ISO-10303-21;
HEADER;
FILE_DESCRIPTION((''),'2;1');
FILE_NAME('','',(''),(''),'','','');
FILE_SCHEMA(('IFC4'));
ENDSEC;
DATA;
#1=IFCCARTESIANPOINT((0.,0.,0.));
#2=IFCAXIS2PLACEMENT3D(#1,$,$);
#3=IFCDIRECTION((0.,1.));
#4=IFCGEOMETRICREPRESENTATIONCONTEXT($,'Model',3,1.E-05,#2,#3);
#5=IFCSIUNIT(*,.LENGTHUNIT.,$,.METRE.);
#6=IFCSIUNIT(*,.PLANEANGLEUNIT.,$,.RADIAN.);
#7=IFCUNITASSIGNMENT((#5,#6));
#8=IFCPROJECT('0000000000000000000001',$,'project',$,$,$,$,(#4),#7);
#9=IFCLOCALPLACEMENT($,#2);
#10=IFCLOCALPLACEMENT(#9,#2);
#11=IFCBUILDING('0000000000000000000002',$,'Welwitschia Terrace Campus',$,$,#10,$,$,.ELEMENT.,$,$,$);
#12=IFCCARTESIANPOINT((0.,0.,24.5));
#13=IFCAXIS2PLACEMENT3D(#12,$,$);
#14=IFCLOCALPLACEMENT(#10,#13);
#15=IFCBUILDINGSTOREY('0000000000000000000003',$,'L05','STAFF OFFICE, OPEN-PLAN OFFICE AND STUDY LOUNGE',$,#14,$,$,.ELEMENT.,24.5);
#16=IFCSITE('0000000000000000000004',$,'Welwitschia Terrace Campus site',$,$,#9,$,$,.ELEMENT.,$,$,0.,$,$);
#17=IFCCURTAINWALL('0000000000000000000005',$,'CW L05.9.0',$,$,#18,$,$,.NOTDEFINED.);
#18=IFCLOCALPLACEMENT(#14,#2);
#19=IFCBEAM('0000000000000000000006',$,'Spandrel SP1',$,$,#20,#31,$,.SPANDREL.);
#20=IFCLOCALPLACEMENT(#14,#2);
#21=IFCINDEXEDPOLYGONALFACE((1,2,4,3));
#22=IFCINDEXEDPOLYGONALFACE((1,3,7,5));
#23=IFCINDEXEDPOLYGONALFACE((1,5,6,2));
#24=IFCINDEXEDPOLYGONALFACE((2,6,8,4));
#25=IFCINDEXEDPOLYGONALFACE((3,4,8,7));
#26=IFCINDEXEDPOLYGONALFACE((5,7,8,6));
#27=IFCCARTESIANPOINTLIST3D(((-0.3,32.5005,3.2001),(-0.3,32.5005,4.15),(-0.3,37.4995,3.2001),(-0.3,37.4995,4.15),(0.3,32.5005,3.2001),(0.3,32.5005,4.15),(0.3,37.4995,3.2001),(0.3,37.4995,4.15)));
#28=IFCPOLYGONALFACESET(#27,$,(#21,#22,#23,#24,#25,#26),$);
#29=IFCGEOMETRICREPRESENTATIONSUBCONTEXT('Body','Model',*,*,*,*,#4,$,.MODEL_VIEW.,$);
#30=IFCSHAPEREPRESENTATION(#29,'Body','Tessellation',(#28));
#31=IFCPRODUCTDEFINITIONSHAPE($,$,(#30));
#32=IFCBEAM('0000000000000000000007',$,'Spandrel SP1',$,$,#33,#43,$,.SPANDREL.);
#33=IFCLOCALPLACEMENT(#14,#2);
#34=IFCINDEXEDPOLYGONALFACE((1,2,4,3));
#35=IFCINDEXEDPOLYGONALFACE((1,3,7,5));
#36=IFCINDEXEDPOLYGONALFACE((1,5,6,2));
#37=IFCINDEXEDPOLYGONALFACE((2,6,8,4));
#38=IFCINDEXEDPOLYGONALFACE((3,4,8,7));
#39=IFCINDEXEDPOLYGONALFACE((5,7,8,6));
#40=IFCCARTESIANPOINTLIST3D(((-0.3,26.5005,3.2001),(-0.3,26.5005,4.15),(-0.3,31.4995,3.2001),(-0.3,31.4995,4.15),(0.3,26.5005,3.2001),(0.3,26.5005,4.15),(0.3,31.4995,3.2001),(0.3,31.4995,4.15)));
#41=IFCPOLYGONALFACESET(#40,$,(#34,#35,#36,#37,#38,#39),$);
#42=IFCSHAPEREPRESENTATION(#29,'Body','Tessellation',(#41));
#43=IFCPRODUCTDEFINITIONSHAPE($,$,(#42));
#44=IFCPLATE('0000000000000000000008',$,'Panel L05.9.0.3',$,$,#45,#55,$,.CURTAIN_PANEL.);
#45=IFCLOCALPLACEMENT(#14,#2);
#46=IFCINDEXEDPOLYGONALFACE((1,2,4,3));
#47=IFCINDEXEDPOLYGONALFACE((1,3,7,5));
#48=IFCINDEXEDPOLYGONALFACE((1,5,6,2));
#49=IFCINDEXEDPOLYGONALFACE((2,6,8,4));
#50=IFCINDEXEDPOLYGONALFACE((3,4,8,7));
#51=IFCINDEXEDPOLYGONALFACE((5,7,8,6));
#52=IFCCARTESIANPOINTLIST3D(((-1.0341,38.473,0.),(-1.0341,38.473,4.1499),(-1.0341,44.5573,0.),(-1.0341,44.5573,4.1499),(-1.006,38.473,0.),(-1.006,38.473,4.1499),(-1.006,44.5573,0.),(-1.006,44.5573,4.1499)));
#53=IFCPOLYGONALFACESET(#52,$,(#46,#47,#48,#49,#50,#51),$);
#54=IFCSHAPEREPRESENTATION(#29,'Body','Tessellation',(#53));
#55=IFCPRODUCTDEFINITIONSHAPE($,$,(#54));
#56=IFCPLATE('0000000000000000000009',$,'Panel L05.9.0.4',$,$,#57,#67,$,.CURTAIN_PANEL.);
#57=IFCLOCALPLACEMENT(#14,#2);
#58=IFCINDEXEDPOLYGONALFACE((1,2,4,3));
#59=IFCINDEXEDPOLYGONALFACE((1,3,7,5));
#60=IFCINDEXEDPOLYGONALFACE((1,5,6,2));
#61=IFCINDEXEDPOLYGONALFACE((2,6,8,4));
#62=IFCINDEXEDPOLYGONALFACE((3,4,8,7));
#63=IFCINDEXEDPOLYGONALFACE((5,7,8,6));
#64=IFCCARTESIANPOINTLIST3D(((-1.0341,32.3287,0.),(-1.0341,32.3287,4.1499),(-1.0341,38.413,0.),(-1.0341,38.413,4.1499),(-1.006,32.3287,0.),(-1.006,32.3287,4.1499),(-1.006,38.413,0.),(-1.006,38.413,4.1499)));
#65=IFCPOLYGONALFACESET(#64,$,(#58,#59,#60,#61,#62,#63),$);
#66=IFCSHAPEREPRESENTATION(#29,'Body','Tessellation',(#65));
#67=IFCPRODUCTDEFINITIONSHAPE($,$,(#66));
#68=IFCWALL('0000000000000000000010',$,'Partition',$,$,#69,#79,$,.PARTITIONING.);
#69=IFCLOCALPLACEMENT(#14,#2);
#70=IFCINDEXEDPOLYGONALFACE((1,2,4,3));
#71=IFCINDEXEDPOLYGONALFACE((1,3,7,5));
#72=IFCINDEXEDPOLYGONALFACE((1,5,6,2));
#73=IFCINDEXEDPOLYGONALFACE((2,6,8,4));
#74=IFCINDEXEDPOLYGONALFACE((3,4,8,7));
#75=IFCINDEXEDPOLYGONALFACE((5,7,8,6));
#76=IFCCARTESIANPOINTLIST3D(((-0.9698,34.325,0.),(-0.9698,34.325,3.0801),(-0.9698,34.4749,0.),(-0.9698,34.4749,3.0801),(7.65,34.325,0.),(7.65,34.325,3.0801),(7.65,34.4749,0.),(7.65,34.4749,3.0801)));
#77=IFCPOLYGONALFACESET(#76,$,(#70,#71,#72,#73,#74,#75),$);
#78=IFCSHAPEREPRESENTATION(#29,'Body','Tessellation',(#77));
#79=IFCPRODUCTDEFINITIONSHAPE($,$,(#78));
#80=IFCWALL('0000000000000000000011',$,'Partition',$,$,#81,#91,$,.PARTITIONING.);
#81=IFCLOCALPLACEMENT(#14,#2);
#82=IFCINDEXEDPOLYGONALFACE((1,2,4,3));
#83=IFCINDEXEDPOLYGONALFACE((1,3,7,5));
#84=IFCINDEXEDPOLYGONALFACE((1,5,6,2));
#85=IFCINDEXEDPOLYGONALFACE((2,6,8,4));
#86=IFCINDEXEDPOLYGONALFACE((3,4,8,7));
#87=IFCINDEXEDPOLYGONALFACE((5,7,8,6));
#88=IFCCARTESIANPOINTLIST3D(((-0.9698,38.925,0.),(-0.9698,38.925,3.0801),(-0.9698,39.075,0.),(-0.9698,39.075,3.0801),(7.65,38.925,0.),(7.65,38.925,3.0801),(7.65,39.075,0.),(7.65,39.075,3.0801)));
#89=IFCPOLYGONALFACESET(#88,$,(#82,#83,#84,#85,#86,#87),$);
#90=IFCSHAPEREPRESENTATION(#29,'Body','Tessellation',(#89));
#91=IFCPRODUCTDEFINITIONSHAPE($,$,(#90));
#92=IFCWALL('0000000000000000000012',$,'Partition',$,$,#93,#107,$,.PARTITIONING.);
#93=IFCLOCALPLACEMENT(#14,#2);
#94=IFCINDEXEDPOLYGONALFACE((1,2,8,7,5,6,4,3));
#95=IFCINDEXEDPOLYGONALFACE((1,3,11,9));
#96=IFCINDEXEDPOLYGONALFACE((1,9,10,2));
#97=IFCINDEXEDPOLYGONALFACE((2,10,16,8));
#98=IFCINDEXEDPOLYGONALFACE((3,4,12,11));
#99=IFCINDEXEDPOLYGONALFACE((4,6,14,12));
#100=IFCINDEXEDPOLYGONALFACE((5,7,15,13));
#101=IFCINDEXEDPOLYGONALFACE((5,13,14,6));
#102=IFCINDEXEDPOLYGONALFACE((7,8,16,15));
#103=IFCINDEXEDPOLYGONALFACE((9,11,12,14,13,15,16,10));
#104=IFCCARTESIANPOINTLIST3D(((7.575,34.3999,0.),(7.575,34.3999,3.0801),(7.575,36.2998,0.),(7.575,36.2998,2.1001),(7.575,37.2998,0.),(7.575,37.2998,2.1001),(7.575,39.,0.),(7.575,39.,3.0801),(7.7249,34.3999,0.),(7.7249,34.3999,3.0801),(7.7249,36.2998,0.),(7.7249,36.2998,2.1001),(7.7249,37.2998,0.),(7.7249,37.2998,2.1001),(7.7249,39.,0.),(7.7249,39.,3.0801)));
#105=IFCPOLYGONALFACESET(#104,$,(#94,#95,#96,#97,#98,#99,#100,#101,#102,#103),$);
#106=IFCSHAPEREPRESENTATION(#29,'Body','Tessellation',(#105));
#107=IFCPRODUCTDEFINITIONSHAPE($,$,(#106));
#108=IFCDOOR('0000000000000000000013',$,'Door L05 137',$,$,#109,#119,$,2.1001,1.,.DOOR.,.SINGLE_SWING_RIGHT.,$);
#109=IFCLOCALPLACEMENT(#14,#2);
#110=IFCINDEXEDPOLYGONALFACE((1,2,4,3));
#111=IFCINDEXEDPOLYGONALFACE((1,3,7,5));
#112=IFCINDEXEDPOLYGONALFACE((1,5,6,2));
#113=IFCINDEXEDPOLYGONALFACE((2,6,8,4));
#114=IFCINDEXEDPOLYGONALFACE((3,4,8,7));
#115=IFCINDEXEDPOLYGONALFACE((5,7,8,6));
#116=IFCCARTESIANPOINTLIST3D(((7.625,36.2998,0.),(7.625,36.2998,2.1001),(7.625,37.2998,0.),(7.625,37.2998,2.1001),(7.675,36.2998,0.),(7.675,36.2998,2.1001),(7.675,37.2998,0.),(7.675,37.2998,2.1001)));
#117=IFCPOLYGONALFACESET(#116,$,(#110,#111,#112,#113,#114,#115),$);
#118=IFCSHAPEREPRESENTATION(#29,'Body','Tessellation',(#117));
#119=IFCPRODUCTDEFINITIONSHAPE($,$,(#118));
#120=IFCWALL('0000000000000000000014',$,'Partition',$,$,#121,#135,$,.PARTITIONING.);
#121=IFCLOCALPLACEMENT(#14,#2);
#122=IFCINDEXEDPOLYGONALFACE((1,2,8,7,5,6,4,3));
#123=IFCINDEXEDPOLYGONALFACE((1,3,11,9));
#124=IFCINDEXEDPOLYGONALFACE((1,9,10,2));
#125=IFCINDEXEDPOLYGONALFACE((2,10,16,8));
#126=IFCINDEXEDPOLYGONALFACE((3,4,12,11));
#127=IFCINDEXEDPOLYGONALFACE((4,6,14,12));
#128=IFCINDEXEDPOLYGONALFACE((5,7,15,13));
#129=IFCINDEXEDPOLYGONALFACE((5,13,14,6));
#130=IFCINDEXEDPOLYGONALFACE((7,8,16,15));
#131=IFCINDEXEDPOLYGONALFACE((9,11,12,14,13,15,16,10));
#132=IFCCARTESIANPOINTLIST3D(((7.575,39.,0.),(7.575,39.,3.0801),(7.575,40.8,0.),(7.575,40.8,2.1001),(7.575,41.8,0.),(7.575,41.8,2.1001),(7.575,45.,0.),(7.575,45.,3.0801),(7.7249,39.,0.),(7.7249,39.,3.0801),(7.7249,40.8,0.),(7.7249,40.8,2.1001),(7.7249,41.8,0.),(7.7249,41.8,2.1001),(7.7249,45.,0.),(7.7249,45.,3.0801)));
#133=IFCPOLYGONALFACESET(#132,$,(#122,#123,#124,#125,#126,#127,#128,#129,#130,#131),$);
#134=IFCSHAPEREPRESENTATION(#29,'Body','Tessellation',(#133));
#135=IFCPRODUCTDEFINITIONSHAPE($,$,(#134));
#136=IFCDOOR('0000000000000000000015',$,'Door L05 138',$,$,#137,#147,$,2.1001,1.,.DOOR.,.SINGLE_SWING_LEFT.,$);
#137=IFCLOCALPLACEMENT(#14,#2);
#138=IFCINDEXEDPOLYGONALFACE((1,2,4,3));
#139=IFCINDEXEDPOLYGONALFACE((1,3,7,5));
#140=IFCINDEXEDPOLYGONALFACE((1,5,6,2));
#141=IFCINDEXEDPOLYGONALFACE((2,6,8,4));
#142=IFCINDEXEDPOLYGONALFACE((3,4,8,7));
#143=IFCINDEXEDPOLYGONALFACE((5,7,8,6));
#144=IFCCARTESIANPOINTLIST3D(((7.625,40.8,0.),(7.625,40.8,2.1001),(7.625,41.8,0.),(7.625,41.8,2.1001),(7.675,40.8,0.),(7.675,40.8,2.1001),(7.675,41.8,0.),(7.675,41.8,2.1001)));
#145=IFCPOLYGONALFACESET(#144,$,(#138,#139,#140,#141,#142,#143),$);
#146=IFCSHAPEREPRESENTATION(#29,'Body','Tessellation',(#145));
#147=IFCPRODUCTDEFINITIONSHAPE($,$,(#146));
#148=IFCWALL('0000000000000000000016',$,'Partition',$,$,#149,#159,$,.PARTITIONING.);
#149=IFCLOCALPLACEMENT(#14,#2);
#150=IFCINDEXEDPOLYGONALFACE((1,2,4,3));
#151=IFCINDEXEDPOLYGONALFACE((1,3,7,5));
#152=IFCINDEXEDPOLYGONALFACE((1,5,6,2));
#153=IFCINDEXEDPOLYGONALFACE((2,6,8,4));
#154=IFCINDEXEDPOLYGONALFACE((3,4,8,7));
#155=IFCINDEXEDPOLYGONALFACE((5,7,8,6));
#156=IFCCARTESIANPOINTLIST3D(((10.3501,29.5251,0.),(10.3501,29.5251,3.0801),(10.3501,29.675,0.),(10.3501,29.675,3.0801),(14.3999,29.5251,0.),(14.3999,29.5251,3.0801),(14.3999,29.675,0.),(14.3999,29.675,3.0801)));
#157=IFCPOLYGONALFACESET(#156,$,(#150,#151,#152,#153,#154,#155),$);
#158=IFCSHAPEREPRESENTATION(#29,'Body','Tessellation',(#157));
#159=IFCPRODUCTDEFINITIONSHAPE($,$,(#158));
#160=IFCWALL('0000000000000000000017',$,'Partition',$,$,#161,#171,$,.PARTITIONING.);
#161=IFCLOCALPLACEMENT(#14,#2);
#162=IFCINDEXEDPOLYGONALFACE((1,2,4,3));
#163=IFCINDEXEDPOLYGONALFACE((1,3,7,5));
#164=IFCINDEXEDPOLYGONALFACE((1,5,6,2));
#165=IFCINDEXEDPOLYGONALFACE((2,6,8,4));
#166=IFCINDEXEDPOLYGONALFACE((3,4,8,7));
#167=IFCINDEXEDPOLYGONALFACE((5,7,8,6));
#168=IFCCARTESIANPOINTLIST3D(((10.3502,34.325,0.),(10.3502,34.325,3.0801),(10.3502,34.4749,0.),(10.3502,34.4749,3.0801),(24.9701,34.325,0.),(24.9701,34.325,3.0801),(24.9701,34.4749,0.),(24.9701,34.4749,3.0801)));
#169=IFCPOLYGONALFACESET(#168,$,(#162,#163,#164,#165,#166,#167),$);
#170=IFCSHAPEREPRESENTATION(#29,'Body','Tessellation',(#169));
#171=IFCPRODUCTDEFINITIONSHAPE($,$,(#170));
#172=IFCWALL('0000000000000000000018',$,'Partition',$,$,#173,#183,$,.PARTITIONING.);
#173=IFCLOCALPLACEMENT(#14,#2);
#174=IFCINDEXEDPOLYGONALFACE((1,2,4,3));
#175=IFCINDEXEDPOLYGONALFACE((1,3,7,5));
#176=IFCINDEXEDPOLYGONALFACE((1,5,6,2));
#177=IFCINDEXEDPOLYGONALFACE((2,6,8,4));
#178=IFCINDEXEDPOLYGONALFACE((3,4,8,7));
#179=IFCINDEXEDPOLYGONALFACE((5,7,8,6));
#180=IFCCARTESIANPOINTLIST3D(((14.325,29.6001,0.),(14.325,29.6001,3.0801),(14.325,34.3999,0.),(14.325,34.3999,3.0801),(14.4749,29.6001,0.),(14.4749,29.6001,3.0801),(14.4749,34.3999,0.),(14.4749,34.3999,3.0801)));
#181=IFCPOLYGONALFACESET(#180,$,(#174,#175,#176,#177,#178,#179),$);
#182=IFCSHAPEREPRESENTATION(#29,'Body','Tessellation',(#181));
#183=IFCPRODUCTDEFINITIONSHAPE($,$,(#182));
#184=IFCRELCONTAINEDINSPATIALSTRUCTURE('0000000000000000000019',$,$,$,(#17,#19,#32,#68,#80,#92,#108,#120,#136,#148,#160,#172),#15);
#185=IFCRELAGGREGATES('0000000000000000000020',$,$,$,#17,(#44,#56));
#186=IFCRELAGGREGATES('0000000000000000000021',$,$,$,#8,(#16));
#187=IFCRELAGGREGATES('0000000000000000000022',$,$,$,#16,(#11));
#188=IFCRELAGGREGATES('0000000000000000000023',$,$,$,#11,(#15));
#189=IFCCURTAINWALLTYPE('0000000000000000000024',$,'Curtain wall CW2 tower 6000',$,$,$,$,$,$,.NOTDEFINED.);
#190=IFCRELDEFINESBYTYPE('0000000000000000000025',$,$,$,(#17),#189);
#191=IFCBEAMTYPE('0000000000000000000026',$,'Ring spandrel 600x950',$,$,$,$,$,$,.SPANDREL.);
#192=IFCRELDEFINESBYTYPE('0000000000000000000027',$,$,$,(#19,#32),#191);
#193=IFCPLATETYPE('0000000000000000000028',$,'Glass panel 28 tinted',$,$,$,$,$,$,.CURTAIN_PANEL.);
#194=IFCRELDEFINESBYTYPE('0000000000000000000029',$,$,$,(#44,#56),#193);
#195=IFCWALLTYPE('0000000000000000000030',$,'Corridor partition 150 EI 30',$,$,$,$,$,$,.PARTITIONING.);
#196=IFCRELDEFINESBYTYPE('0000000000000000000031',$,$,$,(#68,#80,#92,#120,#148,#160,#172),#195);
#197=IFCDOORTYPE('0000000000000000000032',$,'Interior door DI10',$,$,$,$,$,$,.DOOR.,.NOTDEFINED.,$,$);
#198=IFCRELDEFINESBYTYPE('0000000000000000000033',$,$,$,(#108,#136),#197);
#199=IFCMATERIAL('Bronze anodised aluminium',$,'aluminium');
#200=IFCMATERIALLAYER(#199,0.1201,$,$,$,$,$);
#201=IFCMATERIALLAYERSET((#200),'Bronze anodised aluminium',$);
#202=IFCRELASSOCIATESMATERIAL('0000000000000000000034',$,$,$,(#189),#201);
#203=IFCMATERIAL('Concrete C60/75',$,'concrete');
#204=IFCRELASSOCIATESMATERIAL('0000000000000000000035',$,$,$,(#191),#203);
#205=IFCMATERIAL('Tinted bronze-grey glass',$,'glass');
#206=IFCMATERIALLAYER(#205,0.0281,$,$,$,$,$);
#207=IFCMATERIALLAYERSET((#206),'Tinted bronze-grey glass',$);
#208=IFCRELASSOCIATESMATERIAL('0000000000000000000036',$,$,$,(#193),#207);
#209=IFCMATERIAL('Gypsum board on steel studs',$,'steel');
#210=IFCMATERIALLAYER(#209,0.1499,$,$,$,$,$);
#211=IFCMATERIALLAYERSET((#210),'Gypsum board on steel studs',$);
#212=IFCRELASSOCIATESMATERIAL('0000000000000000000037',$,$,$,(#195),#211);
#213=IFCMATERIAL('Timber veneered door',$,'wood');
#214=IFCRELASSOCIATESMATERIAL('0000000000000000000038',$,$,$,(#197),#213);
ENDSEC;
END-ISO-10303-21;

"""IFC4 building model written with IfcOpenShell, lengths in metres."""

from ifc_helpers import new_model, si_unit, direction, frame, frame_2d, origin, origin_2d, place, context, subcontext, project, spatial, rectangle, extrude, material, layer, layer_set, material_profile, profile_set, type_object, element, fill, aggregate, save


model = new_model("IFC4")

# Units and contexts
model_context = context("Model", 3, precision=1e-05, world=origin(), true_north=direction((0.0, 1.0)))
body_context = subcontext(model_context, "Body", "Model", "MODEL_VIEW")
ifc_project = project(units=[si_unit("LENGTHUNIT", "METRE"), si_unit("PLANEANGLEUNIT", "RADIAN")], contexts=[model_context])

# Site, building, storey
site_placement = place(None, origin())
site = spatial("IfcSite", under=ifc_project, at=site_placement, Name="Welwitschia Terrace Campus site", CompositionType="ELEMENT", RefElevation=0.0)
building_placement = place(site_placement, origin())
building = spatial("IfcBuilding", under=site, at=building_placement, Name="Welwitschia Terrace Campus", CompositionType="ELEMENT")
storey_placement = place(building_placement, frame((0.0, 0.0, 24.5)))
storey = spatial("IfcBuildingStorey", under=building, at=storey_placement, Name="L05", Description="STAFF OFFICE, OPEN-PLAN OFFICE AND STUDY LOUNGE", CompositionType="ELEMENT", Elevation=24.5)

# Curtain wall
ifc_material_1 = material(Name="Bronze anodised aluminium", Category="aluminium")
ifc_layer_1 = layer(ifc_material_1, 0.1201)
ifc_layer_set_1 = layer_set([ifc_layer_1], Name="Bronze anodised aluminium")
curtain_wall_type = type_object("IfcCurtainWallType", Name="Curtain wall CW2 tower 6000", PredefinedType="NOTDEFINED", material=ifc_layer_set_1)
curtain_wall_placement = place(storey_placement, origin())
curtain_wall = element("IfcCurtainWall", 1, at=curtain_wall_placement, inside=storey, type_object=curtain_wall_type, Name="CW L05.9.0", PredefinedType="NOTDEFINED")

# Beams
ifc_material_2 = material(Name="Concrete C60/75", Category="concrete")
ifc_material_profile_1 = material_profile(ifc_material_2, rectangle(XDim=0.6001, YDim=0.95, at=origin_2d()))
ifc_profile_set_1 = profile_set([ifc_material_profile_1], Name="Concrete C60/75")
beam_type_1 = type_object("IfcBeamType", Name="Ring spandrel 600x950", PredefinedType="SPANDREL", material=ifc_profile_set_1)
for number, where, z_axis, x_axis, name in (
    (2, (0.0, 37.4995, 3.675), (0.0, -1.0, 0.0), (1.0, 0.0, 0.0), "Spandrel SP1"),
    (3, (0.0, 31.4995, 3.675), (0.0, -1.0, 0.0), (1.0, 0.0, 0.0), "Spandrel SP1"),
):
    element("IfcBeam", number, at=place(storey_placement, frame(where, z_axis=z_axis, x_axis=x_axis)), inside=storey, type_object=beam_type_1, Name=name, PredefinedType="SPANDREL", context=body_context, shape_type="SweptSolid", body=[
        extrude(rectangle(XDim=0.6001, YDim=0.95, at=origin_2d()), origin(), (0.0, 0.0, 1.0), 4.999),
    ])

# Plates
ifc_material_3 = material(Name="Tinted bronze-grey glass", Category="glass")
ifc_layer_2 = layer(ifc_material_3, 0.0281)
ifc_layer_set_2 = layer_set([ifc_layer_2], Name="Tinted bronze-grey glass")
plate_type = type_object("IfcPlateType", Name="Glass panel 28 tinted", PredefinedType="CURTAIN_PANEL", material=ifc_layer_set_2)
plate_1_placement = place(storey_placement, frame((-1.02, 41.5151, 0.0), z_axis=(0.0, 0.0, 1.0), x_axis=(0.0, -1.0, 0.0)))
plate_1 = element("IfcPlate", 4, at=plate_1_placement, type_object=plate_type, Name="Panel L05.9.0.3", PredefinedType="CURTAIN_PANEL", context=body_context, shape_type="SweptSolid", body=[
    extrude(rectangle(XDim=6.0842, YDim=0.0281, at=origin_2d()), origin(), (0.0, 0.0, 1.0), 4.1499),
])
plate_2_placement = place(storey_placement, frame((-1.02, 35.3708, 0.0), z_axis=(0.0, 0.0, 1.0), x_axis=(0.0, -1.0, 0.0)))
plate_2 = element("IfcPlate", 5, at=plate_2_placement, type_object=plate_type, Name="Panel L05.9.0.4", PredefinedType="CURTAIN_PANEL", context=body_context, shape_type="SweptSolid", body=[
    extrude(rectangle(XDim=6.0842, YDim=0.0281, at=origin_2d()), origin(), (0.0, 0.0, 1.0), 4.1499),
])
aggregate(curtain_wall, [plate_1, plate_2])

# Walls
ifc_material_4 = material(Name="Gypsum board on steel studs", Category="steel")
ifc_layer_3 = layer(ifc_material_4, 0.1499)
ifc_layer_set_3 = layer_set([ifc_layer_3], Name="Gypsum board on steel studs")
wall_type = type_object("IfcWallType", Name="Corridor partition 150 EI 30", PredefinedType="PARTITIONING", material=ifc_layer_set_3)
for number, where, z_axis, x_axis, name in (
    (6, (-0.97, 34.3999, 0.0), (0.0, 0.0, 1.0), (1.0, 0.0, 0.0), "Partition"),
    (7, (-0.97, 39.0, 0.0), (0.0, 0.0, 1.0), (1.0, 0.0, 0.0), "Partition"),
):
    element("IfcWall", number, at=place(storey_placement, frame(where, z_axis=z_axis, x_axis=x_axis)), inside=storey, type_object=wall_type, Name=name, PredefinedType="PARTITIONING", context=body_context, shape_type="SweptSolid", body=[
        extrude(rectangle(XDim=8.6199, YDim=0.1499, at=frame_2d((4.3101, 0.0))), origin(), (0.0, 0.0, 1.0), 3.0801),
    ])

# Walls, openings, doors
wall_1_placement = place(storey_placement, frame((7.6499, 34.3999, 0.0), z_axis=(0.0, 0.0, 1.0), x_axis=(0.0, 1.0, 0.0)))
wall_1 = element("IfcWall", 8, at=wall_1_placement, inside=storey, type_object=wall_type, Name="Partition", PredefinedType="PARTITIONING", context=body_context, shape_type="SweptSolid", body=[
    extrude(rectangle(XDim=4.6001, YDim=0.1499, at=frame_2d((2.3, 0.0))), origin(), (0.0, 0.0, 1.0), 3.0801),
])
opening_1_placement = place(wall_1_placement, frame((1.8999, 0.0, 0.0)))
opening_1 = element("IfcOpeningElement", 9, at=opening_1_placement, cuts=wall_1, PredefinedType="OPENING", context=body_context, shape_type="SweptSolid", body=[
    extrude(rectangle(XDim=1.0, YDim=2.1001, at=frame_2d((0.5, 1.05))), frame((0.0, 0.085, 0.0), z_axis=(0.0, -1.0, 0.0), x_axis=(1.0, 0.0, 0.0)), (0.0, 0.0, 1.0), 0.1699),
])
ifc_material_5 = material(Name="Timber veneered door", Category="wood")
door_type_1 = type_object("IfcDoorType", Name="Interior door DI10", OperationType="NOTDEFINED", PredefinedType="DOOR", material=ifc_material_5)
door_1_placement = place(opening_1_placement, origin())
door_1 = element("IfcDoor", 10, at=door_1_placement, inside=storey, type_object=door_type_1, Name="Door L05 137", OperationType="SINGLE_SWING_RIGHT", OverallHeight=2.1001, OverallWidth=1.0, PredefinedType="DOOR", context=body_context, shape_type="SweptSolid", body=[
    extrude(rectangle(XDim=1.0, YDim=2.1001, at=frame_2d((0.5, 1.05))), frame((0.0, 0.0249, 0.0), z_axis=(0.0, -1.0, 0.0), x_axis=(1.0, 0.0, 0.0)), (0.0, 0.0, 1.0), 0.05),
])
fill(opening_1, door_1)
wall_2_placement = place(storey_placement, frame((7.6499, 39.0, 0.0), z_axis=(0.0, 0.0, 1.0), x_axis=(0.0, 1.0, 0.0)))
wall_2 = element("IfcWall", 11, at=wall_2_placement, inside=storey, type_object=wall_type, Name="Partition", PredefinedType="PARTITIONING", context=body_context, shape_type="SweptSolid", body=[
    extrude(rectangle(XDim=6.0, YDim=0.1499, at=frame_2d((3.0, 0.0))), origin(), (0.0, 0.0, 1.0), 3.0801),
])
opening_2_placement = place(wall_2_placement, frame((1.8, 0.0, 0.0)))
opening_2 = element("IfcOpeningElement", 12, at=opening_2_placement, cuts=wall_2, PredefinedType="OPENING", context=body_context, shape_type="SweptSolid", body=[
    extrude(rectangle(XDim=1.0, YDim=2.1001, at=frame_2d((0.5, 1.05))), frame((0.0, 0.085, 0.0), z_axis=(0.0, -1.0, 0.0), x_axis=(1.0, 0.0, 0.0)), (0.0, 0.0, 1.0), 0.1699),
])
door_2_placement = place(opening_2_placement, origin())
door_2 = element("IfcDoor", 13, at=door_2_placement, inside=storey, type_object=door_type_1, Name="Door L05 138", OperationType="SINGLE_SWING_LEFT", OverallHeight=2.1001, OverallWidth=1.0, PredefinedType="DOOR", context=body_context, shape_type="SweptSolid", body=[
    extrude(rectangle(XDim=1.0, YDim=2.1001, at=frame_2d((0.5, 1.05))), frame((0.0, 0.0249, 0.0), z_axis=(0.0, -1.0, 0.0), x_axis=(1.0, 0.0, 0.0)), (0.0, 0.0, 1.0), 0.05),
])
fill(opening_2, door_2)

# Walls
wall_3_placement = place(storey_placement, frame((10.3501, 29.6001, 0.0), z_axis=(0.0, 0.0, 1.0), x_axis=(1.0, 0.0, 0.0)))
element("IfcWall", 14, at=wall_3_placement, inside=storey, type_object=wall_type, Name="Partition", PredefinedType="PARTITIONING", context=body_context, shape_type="SweptSolid", body=[
    extrude(rectangle(XDim=4.0498, YDim=0.1499, at=frame_2d((2.0249, 0.0))), origin(), (0.0, 0.0, 1.0), 3.0801),
])
wall_4_placement = place(storey_placement, frame((10.3501, 34.3999, 0.0), z_axis=(0.0, 0.0, 1.0), x_axis=(1.0, 0.0, 0.0)))
element("IfcWall", 15, at=wall_4_placement, inside=storey, type_object=wall_type, Name="Partition", PredefinedType="PARTITIONING", context=body_context, shape_type="SweptSolid", body=[
    extrude(rectangle(XDim=14.6199, YDim=0.1499, at=frame_2d((7.3101, 0.0))), origin(), (0.0, 0.0, 1.0), 3.0801),
])
wall_5_placement = place(storey_placement, frame((14.3999, 29.6001, 0.0), z_axis=(0.0, 0.0, 1.0), x_axis=(0.0, 1.0, 0.0)))
element("IfcWall", 16, at=wall_5_placement, inside=storey, type_object=wall_type, Name="Partition", PredefinedType="PARTITIONING", context=body_context, shape_type="SweptSolid", body=[
    extrude(rectangle(XDim=4.7998, YDim=0.1499, at=frame_2d((2.3999, 0.0))), origin(), (0.0, 0.0, 1.0), 3.0801),
])

save(model, "model.ifc")
